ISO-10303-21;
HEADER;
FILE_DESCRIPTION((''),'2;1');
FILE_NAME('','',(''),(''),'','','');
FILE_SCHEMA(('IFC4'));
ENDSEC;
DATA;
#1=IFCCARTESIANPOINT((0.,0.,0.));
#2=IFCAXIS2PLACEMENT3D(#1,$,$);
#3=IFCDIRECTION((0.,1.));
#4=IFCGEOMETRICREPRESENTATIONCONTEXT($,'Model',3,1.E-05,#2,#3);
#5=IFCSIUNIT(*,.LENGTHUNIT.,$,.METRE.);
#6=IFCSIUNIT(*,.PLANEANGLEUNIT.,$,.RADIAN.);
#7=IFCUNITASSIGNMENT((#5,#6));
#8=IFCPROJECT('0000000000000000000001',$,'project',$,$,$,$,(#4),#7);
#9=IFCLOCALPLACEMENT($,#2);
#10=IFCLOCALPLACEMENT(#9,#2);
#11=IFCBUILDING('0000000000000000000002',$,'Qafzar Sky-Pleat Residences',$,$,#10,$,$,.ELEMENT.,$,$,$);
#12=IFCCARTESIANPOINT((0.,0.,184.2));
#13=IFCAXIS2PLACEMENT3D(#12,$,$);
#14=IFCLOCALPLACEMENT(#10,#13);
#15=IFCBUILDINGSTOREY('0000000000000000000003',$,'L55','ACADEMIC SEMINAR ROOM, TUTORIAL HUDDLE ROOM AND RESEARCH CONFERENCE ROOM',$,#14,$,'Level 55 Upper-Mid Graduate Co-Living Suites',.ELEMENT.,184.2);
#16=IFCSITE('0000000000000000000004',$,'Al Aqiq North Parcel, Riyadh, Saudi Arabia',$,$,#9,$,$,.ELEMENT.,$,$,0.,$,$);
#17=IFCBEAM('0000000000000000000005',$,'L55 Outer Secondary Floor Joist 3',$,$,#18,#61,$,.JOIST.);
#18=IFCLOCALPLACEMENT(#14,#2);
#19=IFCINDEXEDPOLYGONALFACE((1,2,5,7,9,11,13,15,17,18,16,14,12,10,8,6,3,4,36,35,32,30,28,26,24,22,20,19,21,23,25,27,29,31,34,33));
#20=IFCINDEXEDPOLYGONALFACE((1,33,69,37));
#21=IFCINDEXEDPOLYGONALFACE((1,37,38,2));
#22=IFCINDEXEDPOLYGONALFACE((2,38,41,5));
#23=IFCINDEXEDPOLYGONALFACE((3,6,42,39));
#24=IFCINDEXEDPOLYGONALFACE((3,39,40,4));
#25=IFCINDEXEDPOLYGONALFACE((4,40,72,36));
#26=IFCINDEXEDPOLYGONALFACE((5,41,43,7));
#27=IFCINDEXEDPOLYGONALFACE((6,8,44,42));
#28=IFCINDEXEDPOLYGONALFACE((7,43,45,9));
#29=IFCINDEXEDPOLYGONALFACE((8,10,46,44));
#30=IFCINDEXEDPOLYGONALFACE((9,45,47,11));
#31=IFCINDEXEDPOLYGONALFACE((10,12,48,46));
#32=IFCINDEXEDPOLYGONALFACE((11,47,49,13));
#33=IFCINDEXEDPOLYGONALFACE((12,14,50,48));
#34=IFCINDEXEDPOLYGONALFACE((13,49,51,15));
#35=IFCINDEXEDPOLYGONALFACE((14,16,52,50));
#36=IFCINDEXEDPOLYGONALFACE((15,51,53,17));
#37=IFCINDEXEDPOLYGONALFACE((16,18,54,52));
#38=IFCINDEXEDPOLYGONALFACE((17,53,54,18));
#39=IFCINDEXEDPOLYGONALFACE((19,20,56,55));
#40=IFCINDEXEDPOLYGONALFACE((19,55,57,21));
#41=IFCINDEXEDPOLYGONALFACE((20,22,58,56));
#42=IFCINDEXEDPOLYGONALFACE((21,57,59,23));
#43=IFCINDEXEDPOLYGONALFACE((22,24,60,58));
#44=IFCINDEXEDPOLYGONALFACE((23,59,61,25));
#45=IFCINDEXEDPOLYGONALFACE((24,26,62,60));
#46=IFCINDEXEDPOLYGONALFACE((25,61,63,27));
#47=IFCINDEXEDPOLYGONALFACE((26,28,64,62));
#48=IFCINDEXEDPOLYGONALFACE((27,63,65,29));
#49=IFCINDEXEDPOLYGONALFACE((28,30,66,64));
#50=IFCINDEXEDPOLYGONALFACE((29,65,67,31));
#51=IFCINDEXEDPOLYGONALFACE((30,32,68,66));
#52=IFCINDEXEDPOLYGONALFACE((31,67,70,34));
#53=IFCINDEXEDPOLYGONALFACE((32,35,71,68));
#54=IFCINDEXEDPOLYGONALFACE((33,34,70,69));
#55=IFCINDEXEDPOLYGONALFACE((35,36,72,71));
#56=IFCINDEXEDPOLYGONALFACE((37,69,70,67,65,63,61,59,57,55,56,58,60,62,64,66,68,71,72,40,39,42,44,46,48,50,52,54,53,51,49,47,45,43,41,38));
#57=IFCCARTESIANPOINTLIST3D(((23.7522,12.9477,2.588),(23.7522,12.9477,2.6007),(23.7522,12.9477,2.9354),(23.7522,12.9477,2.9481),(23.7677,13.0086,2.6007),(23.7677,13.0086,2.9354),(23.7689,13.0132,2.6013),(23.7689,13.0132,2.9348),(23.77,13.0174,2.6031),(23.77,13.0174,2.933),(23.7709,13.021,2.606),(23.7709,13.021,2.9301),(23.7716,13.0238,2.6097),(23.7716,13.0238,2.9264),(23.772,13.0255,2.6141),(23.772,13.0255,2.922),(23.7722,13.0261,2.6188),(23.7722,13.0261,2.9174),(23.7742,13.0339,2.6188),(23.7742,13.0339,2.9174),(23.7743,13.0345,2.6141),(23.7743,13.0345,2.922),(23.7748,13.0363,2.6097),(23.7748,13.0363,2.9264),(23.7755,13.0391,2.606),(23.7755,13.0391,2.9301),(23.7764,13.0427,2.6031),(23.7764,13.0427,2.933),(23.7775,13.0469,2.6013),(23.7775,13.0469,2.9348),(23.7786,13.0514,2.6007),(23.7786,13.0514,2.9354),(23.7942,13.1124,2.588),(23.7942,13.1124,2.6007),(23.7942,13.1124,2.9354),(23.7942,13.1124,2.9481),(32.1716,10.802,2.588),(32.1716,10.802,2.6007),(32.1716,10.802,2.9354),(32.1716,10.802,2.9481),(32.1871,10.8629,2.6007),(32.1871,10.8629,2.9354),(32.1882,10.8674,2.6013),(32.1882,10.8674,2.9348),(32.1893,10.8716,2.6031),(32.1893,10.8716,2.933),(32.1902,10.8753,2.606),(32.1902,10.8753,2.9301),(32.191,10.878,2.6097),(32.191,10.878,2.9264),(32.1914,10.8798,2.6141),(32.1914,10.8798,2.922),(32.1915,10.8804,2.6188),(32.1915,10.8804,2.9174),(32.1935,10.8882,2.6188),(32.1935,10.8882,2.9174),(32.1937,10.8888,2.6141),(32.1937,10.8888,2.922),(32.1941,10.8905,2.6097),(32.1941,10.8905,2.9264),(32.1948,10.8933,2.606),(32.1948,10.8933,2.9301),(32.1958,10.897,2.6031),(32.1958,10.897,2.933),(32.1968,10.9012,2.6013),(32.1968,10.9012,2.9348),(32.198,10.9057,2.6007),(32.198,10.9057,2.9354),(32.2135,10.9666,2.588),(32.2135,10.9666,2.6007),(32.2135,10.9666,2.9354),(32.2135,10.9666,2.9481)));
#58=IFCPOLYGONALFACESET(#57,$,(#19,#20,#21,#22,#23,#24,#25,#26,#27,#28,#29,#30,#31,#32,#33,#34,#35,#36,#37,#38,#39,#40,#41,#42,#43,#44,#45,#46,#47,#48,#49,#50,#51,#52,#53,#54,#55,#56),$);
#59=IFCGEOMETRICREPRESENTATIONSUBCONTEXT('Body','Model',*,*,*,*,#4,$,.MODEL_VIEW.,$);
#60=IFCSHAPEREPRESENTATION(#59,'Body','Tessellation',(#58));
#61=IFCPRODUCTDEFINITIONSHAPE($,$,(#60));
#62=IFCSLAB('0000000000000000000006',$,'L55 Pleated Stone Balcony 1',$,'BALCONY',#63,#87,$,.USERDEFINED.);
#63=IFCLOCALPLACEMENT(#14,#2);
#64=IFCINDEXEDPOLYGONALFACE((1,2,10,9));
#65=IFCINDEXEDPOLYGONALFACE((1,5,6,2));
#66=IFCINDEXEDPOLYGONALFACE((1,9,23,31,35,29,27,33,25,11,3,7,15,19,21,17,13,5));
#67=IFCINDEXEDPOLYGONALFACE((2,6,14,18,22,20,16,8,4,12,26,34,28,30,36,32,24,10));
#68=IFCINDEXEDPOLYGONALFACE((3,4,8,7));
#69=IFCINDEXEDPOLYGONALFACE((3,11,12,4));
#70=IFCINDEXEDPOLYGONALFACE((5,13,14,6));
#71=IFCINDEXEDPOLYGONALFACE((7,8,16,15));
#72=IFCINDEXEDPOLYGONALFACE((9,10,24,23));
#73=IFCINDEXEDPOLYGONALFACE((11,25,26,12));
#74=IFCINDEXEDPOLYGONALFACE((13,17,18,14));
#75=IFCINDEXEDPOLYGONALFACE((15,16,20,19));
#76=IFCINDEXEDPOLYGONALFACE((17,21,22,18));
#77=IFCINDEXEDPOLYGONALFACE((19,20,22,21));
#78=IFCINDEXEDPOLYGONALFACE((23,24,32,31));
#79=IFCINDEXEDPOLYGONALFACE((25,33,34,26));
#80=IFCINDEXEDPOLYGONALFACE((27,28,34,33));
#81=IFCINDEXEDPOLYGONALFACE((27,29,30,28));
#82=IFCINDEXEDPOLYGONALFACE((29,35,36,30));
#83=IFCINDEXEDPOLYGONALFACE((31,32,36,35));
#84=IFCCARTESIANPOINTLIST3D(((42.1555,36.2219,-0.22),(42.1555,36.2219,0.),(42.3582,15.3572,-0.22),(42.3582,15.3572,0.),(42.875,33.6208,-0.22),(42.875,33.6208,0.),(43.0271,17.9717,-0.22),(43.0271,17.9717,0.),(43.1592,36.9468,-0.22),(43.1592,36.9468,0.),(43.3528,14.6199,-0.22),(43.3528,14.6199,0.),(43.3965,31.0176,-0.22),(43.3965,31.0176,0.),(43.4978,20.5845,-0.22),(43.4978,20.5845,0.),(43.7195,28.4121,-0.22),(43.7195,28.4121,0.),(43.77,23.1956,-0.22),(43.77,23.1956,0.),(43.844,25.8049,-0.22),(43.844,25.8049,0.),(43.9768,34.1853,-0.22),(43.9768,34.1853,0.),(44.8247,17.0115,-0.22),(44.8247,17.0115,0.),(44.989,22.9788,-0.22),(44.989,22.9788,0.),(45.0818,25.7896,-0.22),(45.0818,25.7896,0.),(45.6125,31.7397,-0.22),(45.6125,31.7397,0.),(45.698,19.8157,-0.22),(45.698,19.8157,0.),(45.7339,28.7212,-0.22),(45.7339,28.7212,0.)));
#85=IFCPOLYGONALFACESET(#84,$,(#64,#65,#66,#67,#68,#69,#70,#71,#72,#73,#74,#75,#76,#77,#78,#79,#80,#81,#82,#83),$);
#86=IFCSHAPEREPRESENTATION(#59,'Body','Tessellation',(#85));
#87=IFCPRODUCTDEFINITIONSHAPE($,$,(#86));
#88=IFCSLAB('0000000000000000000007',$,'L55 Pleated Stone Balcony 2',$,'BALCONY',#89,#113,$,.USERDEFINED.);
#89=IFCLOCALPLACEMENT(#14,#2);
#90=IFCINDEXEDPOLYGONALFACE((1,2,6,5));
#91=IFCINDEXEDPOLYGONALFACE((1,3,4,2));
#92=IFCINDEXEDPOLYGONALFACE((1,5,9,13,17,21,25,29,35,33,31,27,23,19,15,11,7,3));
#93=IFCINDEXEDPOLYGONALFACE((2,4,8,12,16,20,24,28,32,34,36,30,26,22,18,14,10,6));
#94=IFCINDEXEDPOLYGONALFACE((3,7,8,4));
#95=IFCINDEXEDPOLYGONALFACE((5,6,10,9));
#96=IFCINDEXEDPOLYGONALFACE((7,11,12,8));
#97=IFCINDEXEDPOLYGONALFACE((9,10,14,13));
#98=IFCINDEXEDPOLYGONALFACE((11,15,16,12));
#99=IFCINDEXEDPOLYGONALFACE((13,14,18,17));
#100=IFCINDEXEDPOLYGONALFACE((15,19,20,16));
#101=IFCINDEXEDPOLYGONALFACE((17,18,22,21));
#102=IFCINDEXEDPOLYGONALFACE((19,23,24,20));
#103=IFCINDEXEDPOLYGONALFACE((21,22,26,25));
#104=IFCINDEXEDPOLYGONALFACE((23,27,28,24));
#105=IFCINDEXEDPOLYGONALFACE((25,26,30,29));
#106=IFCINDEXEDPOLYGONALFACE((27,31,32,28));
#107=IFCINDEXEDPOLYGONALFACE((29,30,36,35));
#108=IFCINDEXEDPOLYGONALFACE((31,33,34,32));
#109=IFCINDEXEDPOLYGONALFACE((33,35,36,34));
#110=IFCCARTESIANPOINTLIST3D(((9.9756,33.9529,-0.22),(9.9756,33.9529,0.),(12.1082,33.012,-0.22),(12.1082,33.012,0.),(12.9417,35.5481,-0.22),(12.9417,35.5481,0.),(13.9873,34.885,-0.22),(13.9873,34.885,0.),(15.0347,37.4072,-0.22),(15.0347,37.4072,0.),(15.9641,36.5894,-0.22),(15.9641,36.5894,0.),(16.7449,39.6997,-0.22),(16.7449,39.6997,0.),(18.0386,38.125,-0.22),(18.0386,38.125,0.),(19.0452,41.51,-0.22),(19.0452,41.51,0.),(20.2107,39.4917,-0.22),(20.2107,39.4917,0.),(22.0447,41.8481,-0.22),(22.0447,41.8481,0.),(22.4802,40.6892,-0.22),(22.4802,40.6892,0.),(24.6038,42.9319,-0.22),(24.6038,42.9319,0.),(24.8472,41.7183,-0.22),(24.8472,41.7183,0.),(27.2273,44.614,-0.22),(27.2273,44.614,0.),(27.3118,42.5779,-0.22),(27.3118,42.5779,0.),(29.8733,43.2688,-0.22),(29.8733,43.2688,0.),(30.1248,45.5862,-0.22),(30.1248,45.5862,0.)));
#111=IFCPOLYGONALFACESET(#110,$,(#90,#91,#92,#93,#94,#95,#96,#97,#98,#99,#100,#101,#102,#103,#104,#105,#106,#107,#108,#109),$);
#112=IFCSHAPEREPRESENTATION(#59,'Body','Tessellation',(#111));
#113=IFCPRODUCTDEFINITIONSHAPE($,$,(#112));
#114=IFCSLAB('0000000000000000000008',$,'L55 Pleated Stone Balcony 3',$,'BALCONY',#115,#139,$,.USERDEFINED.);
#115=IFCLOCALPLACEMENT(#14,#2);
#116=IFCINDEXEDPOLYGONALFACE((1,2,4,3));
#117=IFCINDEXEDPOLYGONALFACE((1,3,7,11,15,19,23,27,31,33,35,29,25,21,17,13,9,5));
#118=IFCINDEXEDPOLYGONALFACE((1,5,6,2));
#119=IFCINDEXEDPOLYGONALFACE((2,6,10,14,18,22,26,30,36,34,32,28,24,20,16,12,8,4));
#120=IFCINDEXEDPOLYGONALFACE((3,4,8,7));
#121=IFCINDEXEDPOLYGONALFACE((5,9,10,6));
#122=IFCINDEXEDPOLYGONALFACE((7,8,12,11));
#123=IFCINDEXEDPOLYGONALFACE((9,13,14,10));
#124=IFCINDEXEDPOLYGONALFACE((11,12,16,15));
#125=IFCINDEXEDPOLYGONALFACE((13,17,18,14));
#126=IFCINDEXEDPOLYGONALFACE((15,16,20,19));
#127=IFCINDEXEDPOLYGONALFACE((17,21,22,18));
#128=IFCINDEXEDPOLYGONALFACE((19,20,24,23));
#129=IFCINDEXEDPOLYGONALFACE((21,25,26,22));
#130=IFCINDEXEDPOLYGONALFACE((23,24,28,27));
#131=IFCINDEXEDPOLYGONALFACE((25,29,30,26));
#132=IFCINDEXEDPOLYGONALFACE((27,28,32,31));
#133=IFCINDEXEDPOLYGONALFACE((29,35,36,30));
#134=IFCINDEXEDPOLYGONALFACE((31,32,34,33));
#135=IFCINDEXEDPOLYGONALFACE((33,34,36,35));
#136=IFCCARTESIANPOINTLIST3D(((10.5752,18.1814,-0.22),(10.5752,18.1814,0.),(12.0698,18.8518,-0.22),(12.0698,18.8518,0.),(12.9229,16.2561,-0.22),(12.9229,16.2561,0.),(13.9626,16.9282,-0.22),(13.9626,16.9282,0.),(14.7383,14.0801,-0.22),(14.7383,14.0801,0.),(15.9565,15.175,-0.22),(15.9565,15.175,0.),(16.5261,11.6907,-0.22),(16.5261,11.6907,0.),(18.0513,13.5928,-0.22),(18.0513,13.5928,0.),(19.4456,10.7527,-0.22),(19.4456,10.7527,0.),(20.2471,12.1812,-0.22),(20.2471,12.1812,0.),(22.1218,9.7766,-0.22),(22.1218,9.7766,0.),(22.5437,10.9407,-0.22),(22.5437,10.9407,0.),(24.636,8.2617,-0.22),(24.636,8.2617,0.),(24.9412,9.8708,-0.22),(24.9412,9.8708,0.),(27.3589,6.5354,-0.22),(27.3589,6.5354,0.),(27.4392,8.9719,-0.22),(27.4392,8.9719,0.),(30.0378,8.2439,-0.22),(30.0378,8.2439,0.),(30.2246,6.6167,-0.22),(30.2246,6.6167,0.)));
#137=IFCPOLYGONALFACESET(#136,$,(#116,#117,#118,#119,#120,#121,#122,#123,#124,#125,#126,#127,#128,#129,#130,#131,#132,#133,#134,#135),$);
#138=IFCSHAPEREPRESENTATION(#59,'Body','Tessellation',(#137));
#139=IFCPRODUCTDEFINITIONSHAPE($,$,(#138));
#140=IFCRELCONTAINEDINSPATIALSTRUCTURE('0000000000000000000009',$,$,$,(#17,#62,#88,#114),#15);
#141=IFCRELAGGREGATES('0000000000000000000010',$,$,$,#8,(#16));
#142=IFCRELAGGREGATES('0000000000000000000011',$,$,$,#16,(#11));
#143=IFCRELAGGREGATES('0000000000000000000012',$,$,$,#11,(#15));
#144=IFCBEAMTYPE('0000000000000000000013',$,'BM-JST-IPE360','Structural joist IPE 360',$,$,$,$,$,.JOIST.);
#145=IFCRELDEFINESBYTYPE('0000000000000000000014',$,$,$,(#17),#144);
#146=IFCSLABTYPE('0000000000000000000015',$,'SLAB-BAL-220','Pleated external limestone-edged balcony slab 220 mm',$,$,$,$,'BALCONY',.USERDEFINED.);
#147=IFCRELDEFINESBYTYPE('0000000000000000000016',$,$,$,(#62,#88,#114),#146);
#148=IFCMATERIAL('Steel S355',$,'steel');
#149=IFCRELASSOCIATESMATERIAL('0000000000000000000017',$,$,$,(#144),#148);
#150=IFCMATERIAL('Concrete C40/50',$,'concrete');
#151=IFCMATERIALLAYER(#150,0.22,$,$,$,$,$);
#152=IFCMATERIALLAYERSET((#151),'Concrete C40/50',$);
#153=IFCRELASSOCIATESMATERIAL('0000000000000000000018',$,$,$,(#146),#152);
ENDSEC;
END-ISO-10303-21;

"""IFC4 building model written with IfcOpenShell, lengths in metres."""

from ifc_helpers import new_model, si_unit, direction, frame, origin, origin_2d, place, context, subcontext, project, spatial, polyline, i_section, outline, extrude, source, transform, mapped, material, layer, layer_set, material_profile, profile_set, type_object, element, save


model = new_model("IFC4")

# Units and contexts
model_context = context("Model", 3, precision=1e-05, world=origin(), true_north=direction((0.0, 1.0)))
body_context = subcontext(model_context, "Body", "Model", "MODEL_VIEW")
ifc_project = project(units=[si_unit("LENGTHUNIT", "METRE"), si_unit("PLANEANGLEUNIT", "RADIAN")], contexts=[model_context])

# Site, building, storey
site_placement = place(None, origin())
site = spatial("IfcSite", under=ifc_project, at=site_placement, Name="Al Aqiq North Parcel, Riyadh, Saudi Arabia", CompositionType="ELEMENT", RefElevation=0.0)
building_placement = place(site_placement, origin())
building = spatial("IfcBuilding", under=site, at=building_placement, Name="Qafzar Sky-Pleat Residences", CompositionType="ELEMENT")
storey_placement = place(building_placement, frame((0.0, 0.0, 184.2)))
storey = spatial("IfcBuildingStorey", under=building, at=storey_placement, Name="L55", Description="ACADEMIC SEMINAR ROOM, TUTORIAL HUDDLE ROOM AND RESEARCH CONFERENCE ROOM", LongName="Level 55 Upper-Mid Graduate Co-Living Suites", CompositionType="ELEMENT", Elevation=184.2)

# Shared definitions
ifc_material_1 = material(Name="Steel S355", Category="steel")

# Beam
ifc_material_profile_1 = material_profile(ifc_material_1, i_section(OverallWidth=0.1699, OverallDepth=0.3601, WebThickness=0.0081, FlangeThickness=0.0127, FilletRadius=0.0181, at=origin_2d()), Name="IPE 360")
ifc_profile_set_1 = profile_set([ifc_material_profile_1], Name="Steel S355")
beam_type_1 = type_object("IfcBeamType", Name="BM-JST-IPE360", Description="Structural joist IPE 360", PredefinedType="JOIST", material=ifc_profile_set_1)
shared_shape_1 = source(origin(), body_context, "Body", "SweptSolid", [
    extrude(i_section(OverallWidth=0.1699, OverallDepth=0.3601, WebThickness=0.0081, FlangeThickness=0.0127, FilletRadius=0.0181, at=origin_2d()), origin(), (0.0, 0.0, 1.0), 8.6885),
])
beam_1_placement = place(storey_placement, frame((23.7732, 13.03, 2.7681), z_axis=(0.969025, -0.246963, 0.0), x_axis=(0.246963, 0.969025, 0.0)))
element("IfcBeam", 1, at=beam_1_placement, inside=storey, type_object=beam_type_1, Name="L55 Outer Secondary Floor Joist 3", PredefinedType="JOIST", context=body_context, shape_type="MappedRepresentation", body=[
    mapped(shared_shape_1, transform((0.0, 0.0, 0.0), x_axis=(1.0, 0.0, 0.0), y_axis=(0.0, 1.0, 0.0), z_axis=(0.0, 0.0, 1.0), scale=1.0)),
])

# Slabs
ifc_material_2 = material(Name="Concrete C40/50", Category="concrete")
ifc_layer_1 = layer(ifc_material_2, 0.22)
ifc_layer_set_1 = layer_set([ifc_layer_1], Name="Concrete C40/50")
slab_type_1 = type_object("IfcSlabType", Name="SLAB-BAL-220", Description="Pleated external limestone-edged balcony slab 220 mm", ElementType="BALCONY", PredefinedType="USERDEFINED", material=ifc_layer_set_1)
slab_1_placement = place(storey_placement, frame((0.0, 0.0, -0.22)))
element("IfcSlab", 2, at=slab_1_placement, inside=storey, type_object=slab_type_1, Name="L55 Pleated Stone Balcony 1", ObjectType="BALCONY", PredefinedType="USERDEFINED", context=body_context, shape_type="SweptSolid", body=[
    extrude(outline(polyline([(43.0271, 17.9717), (43.4978, 20.5845), (43.77, 23.1956), (43.844, 25.8049), (43.7195, 28.4121), (43.3965, 31.0176), (42.875, 33.6208), (42.1555, 36.2219), (43.1592, 36.9468), (43.9768, 34.1853), (45.6125, 31.7397), (45.7339, 28.7212), (45.0818, 25.7896), (44.989, 22.9788), (45.698, 19.8157), (44.8247, 17.0115), (43.3528, 14.6199), (42.3582, 15.3572), (43.0271, 17.9717)])), origin(), (0.0, 0.0, 1.0), 0.22),
])
slab_2_placement = place(storey_placement, frame((0.0, 0.0, -0.22)))
element("IfcSlab", 3, at=slab_2_placement, inside=storey, type_object=slab_type_1, Name="L55 Pleated Stone Balcony 2", ObjectType="BALCONY", PredefinedType="USERDEFINED", context=body_context, shape_type="SweptSolid", body=[
    extrude(outline(polyline([(27.3118, 42.5779), (24.8472, 41.7183), (22.4802, 40.6892), (20.2107, 39.4917), (18.0386, 38.125), (15.9641, 36.5894), (13.9873, 34.885), (12.1082, 33.012), (9.9756, 33.9529), (12.9417, 35.5481), (15.0347, 37.4072), (16.7449, 39.6997), (19.0452, 41.51), (22.0447, 41.8481), (24.6038, 42.9319), (27.2273, 44.614), (30.1248, 45.5862), (29.8733, 43.2688), (27.3118, 42.5779)])), origin(), (0.0, 0.0, 1.0), 0.22),
])
slab_3_placement = place(storey_placement, frame((0.0, 0.0, -0.22)))
element("IfcSlab", 4, at=slab_3_placement, inside=storey, type_object=slab_type_1, Name="L55 Pleated Stone Balcony 3", ObjectType="BALCONY", PredefinedType="USERDEFINED", context=body_context, shape_type="SweptSolid", body=[
    extrude(outline(polyline([(13.9626, 16.9282), (15.9565, 15.175), (18.0513, 13.5928), (20.2471, 12.1812), (22.5437, 10.9407), (24.9412, 9.8708), (27.4392, 8.9719), (30.0378, 8.2439), (30.2246, 6.6167), (27.3589, 6.5354), (24.636, 8.2617), (22.1218, 9.7766), (19.4456, 10.7527), (16.5261, 11.6907), (14.7383, 14.0801), (12.9229, 16.2561), (10.5752, 18.1814), (12.0698, 18.8518), (13.9626, 16.9282)])), origin(), (0.0, 0.0, 1.0), 0.22),
])

save(model, "model.ifc")
